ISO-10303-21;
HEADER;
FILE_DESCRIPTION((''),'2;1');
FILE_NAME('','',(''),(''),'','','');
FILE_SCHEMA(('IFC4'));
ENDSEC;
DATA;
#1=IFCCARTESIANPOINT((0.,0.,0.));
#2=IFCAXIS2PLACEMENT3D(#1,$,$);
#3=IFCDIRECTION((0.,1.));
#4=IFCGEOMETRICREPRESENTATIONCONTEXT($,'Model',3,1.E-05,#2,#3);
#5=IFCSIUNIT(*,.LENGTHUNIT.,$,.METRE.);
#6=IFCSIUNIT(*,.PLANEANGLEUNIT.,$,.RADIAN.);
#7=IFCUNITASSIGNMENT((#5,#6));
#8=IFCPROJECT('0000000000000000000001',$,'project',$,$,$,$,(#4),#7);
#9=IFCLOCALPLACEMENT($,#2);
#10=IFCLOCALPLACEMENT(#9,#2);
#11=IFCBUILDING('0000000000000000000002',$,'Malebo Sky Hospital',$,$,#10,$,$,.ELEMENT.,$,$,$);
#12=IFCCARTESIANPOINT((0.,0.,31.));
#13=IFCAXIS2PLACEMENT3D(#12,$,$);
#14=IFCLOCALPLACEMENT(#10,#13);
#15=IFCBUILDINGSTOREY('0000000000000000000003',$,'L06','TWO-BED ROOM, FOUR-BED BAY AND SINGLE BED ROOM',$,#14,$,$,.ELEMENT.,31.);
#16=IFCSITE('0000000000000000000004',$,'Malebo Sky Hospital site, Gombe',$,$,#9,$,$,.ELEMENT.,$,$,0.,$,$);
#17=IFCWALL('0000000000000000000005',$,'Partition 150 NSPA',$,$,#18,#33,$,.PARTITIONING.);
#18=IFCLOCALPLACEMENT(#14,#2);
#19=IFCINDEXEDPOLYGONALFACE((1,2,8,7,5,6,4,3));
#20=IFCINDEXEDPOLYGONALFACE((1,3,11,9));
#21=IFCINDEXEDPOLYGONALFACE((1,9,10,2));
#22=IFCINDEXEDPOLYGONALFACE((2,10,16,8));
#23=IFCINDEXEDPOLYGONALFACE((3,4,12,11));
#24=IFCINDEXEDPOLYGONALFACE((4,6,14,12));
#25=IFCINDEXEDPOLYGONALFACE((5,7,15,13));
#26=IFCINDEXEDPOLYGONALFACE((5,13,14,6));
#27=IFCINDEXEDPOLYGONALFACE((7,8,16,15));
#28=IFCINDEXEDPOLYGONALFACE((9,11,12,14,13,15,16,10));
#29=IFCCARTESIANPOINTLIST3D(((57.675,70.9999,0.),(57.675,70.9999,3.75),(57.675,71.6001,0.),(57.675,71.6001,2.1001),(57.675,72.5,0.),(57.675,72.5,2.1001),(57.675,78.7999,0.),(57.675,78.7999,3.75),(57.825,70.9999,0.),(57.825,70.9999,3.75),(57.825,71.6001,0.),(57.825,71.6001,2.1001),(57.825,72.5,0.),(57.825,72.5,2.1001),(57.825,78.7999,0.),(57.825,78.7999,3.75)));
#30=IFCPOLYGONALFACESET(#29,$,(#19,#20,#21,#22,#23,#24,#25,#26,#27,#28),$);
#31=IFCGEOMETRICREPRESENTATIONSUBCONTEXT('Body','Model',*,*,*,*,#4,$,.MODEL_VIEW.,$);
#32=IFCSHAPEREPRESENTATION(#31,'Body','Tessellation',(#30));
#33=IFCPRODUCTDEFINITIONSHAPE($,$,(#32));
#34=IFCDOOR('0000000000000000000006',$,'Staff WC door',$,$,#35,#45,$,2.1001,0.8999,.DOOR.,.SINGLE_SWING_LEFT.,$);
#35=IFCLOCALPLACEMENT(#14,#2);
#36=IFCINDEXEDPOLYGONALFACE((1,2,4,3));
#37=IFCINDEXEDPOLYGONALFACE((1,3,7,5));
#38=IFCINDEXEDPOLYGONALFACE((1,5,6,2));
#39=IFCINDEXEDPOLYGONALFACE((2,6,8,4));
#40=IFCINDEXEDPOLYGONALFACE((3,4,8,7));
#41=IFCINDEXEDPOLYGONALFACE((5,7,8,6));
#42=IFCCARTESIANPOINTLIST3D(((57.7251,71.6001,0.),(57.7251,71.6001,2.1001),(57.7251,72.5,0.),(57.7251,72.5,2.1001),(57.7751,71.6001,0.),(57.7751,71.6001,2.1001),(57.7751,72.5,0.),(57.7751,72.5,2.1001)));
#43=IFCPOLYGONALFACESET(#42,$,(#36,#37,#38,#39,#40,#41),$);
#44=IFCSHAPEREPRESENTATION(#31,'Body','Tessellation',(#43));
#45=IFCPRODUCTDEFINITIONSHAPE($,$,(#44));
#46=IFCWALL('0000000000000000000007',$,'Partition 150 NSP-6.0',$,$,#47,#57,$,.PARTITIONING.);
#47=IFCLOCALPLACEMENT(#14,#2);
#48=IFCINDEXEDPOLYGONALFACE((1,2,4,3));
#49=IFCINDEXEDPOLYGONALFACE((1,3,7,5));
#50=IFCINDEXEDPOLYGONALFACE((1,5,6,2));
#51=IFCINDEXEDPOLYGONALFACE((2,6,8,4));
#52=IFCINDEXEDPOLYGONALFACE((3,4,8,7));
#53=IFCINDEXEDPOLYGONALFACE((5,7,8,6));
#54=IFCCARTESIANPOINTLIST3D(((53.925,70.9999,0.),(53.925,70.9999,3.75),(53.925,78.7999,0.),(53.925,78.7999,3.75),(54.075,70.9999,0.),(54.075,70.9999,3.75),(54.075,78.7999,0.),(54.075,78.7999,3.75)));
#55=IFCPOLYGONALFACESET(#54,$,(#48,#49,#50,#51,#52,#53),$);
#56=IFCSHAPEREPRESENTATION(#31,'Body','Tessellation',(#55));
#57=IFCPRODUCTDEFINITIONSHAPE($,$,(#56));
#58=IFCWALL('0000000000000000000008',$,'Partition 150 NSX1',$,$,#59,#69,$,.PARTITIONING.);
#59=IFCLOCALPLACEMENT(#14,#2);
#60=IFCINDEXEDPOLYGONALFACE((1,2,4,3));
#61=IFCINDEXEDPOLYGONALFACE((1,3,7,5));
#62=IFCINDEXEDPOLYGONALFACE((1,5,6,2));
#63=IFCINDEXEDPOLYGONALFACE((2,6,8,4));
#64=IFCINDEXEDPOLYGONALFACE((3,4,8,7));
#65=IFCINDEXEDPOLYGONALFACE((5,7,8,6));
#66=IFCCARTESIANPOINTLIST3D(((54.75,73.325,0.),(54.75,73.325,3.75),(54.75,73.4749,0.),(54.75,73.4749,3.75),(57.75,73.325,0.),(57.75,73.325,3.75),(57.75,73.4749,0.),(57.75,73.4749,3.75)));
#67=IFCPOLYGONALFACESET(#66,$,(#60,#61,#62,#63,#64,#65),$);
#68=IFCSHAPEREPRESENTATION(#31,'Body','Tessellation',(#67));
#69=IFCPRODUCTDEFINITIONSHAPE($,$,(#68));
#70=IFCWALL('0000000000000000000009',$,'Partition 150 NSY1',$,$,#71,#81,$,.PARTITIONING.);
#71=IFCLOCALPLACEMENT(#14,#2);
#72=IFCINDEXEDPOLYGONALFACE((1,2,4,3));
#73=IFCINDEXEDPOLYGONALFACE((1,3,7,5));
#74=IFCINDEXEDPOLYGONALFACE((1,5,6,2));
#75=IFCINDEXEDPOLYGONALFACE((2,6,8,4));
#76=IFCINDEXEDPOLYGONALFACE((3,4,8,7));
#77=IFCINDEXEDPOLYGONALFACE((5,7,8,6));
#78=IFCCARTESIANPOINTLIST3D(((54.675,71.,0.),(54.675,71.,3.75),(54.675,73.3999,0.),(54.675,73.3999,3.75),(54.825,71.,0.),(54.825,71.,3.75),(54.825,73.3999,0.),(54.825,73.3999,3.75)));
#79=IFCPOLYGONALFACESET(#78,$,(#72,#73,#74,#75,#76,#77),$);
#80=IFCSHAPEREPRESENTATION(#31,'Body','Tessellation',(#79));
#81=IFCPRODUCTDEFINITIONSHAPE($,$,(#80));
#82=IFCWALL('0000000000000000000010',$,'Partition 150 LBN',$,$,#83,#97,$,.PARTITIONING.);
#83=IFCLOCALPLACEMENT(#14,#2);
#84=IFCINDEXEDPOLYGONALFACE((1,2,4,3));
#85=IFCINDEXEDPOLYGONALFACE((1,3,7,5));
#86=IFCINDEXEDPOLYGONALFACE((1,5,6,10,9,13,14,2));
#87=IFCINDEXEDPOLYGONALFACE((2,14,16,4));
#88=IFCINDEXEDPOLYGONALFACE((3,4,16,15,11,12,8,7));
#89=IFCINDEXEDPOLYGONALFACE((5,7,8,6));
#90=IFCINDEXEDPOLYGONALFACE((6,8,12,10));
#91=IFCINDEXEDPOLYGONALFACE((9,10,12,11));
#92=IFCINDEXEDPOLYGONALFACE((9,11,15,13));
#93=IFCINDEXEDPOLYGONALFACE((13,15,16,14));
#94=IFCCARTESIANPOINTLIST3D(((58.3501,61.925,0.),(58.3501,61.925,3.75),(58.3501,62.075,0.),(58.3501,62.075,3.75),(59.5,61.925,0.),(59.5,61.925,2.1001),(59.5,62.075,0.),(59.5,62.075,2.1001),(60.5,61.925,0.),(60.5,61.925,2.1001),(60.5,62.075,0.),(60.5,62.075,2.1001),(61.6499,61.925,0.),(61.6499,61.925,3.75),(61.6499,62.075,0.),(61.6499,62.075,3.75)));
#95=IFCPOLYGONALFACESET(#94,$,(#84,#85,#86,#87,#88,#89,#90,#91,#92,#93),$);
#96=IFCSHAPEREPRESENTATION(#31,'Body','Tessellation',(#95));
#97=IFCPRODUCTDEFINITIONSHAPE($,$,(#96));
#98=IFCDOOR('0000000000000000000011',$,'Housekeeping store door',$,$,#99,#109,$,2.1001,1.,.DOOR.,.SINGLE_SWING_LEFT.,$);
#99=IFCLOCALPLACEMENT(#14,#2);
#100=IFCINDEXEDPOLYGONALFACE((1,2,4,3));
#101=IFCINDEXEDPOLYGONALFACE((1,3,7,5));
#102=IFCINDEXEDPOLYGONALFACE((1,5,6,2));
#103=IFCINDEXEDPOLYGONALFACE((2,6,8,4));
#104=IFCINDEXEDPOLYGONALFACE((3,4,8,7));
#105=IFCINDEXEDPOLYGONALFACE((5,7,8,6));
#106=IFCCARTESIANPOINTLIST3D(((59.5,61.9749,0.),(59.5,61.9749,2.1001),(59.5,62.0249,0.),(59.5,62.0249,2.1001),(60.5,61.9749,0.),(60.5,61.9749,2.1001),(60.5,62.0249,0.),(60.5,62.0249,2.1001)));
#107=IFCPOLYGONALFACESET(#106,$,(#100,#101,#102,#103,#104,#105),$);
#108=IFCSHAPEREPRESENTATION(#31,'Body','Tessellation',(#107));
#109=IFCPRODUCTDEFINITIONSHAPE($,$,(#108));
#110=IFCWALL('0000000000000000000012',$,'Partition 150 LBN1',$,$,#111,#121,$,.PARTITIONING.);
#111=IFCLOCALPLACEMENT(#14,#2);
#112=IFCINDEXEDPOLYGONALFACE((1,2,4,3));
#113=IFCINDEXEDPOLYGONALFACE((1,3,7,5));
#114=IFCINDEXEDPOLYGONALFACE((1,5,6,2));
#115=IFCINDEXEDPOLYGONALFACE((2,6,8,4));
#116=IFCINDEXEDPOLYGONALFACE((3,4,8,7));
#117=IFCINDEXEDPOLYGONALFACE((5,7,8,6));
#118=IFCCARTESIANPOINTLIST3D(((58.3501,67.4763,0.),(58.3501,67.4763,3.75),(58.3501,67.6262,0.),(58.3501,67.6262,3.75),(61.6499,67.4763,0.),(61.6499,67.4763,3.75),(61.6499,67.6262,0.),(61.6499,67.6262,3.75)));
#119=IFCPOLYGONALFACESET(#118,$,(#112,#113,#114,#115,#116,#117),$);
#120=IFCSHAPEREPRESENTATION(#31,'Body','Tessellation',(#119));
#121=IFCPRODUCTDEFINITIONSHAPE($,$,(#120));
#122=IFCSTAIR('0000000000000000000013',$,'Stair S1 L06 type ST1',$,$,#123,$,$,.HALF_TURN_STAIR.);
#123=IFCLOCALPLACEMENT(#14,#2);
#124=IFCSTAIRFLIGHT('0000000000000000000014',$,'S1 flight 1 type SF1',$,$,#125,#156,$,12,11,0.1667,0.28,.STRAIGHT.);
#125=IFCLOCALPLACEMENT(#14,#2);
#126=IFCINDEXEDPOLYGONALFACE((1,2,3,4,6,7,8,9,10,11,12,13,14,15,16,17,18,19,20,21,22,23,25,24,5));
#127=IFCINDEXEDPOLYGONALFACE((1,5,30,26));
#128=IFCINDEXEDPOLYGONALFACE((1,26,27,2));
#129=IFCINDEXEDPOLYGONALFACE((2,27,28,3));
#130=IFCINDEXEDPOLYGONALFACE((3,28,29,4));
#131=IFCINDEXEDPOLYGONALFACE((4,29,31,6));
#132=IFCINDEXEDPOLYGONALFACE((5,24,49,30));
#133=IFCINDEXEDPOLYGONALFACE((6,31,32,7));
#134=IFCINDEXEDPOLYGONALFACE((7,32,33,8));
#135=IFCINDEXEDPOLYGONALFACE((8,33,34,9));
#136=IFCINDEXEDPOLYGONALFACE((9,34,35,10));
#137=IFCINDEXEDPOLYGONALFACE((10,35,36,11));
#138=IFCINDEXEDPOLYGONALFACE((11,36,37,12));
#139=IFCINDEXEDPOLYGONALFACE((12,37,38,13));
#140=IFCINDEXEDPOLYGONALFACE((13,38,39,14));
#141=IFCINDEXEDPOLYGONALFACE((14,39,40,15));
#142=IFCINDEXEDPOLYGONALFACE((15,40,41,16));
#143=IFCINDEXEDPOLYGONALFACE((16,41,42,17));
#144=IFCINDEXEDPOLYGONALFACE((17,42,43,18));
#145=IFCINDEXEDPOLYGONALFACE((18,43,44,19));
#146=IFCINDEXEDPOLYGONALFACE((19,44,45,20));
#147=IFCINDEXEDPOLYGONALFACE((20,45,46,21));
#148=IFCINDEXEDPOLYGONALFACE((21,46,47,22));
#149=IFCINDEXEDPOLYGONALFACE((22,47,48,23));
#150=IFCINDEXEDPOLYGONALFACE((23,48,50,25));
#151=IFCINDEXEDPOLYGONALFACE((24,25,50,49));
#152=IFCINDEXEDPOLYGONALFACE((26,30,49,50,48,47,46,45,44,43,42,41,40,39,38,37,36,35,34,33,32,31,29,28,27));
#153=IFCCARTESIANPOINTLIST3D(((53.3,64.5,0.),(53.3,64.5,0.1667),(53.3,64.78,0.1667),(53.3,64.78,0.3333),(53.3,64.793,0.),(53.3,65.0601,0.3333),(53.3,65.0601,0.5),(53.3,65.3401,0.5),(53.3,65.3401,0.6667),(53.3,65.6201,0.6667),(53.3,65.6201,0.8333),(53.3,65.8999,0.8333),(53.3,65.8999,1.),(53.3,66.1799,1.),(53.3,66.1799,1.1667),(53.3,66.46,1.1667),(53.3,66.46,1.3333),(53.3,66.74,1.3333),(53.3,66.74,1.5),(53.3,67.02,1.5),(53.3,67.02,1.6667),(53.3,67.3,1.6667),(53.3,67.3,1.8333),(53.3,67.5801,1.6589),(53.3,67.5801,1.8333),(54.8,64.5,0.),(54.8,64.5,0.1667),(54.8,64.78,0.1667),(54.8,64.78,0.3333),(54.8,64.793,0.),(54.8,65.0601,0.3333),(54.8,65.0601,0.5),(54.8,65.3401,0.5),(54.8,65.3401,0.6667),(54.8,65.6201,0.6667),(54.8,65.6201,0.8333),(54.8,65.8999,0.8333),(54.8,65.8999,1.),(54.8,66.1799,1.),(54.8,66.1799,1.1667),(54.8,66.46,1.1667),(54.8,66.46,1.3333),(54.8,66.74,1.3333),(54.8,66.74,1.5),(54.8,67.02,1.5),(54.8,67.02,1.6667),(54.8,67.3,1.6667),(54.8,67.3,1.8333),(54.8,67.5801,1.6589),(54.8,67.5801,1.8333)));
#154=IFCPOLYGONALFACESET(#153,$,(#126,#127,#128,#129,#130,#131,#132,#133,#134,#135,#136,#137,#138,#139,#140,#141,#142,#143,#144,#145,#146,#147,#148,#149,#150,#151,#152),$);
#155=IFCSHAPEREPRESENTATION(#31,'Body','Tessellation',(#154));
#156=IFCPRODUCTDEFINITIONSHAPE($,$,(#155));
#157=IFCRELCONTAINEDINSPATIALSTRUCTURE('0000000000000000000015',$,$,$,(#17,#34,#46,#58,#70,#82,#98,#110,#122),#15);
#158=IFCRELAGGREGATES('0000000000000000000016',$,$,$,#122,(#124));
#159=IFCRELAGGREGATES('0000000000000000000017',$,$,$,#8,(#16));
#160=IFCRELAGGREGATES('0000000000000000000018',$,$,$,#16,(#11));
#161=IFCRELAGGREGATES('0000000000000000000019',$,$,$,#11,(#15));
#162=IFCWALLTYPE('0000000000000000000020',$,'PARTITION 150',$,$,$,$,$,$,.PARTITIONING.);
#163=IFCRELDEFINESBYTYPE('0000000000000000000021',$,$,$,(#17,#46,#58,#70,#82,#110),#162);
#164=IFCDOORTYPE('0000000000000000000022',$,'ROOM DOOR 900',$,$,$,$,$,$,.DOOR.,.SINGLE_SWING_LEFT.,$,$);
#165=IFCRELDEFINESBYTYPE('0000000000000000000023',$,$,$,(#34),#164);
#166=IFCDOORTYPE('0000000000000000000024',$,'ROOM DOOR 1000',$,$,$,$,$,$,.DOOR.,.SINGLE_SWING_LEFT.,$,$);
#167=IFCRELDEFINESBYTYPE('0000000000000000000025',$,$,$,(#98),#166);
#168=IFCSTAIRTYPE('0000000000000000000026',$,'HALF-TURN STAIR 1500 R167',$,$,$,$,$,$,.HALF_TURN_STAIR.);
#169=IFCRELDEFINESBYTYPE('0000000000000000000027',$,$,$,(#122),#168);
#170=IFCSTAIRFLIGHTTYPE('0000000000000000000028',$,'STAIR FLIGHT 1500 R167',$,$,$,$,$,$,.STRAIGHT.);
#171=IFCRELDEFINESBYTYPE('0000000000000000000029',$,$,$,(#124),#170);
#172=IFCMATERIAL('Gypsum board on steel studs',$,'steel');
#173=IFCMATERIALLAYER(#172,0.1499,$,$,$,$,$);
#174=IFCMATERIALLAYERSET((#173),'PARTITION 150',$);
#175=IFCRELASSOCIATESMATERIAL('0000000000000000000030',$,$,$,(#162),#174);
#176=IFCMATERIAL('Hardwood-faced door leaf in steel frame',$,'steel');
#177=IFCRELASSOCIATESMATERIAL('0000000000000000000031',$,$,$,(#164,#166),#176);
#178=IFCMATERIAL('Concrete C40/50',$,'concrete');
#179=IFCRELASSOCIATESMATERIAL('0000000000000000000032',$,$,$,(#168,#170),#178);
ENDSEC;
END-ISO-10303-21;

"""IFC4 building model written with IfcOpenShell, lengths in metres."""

from ifc_helpers import new_model, si_unit, direction, frame, frame_2d, origin, place, context, subcontext, project, spatial, polyline, rectangle, outline, extrude, material, layer, layer_set, type_object, element, fill, aggregate, save


model = new_model("IFC4")

# Units and contexts
model_context = context("Model", 3, precision=1e-05, world=origin(), true_north=direction((0.0, 1.0)))
body_context = subcontext(model_context, "Body", "Model", "MODEL_VIEW")
ifc_project = project(units=[si_unit("LENGTHUNIT", "METRE"), si_unit("PLANEANGLEUNIT", "RADIAN")], contexts=[model_context])

# Site, building, storey
site_placement = place(None, origin())
site = spatial("IfcSite", under=ifc_project, at=site_placement, Name="Malebo Sky Hospital site, Gombe", CompositionType="ELEMENT", RefElevation=0.0)
building_placement = place(site_placement, origin())
building = spatial("IfcBuilding", under=site, at=building_placement, Name="Malebo Sky Hospital", CompositionType="ELEMENT")
storey_placement = place(building_placement, frame((0.0, 0.0, 31.0)))
storey = spatial("IfcBuildingStorey", under=building, at=storey_placement, Name="L06", Description="TWO-BED ROOM, FOUR-BED BAY AND SINGLE BED ROOM", CompositionType="ELEMENT", Elevation=31.0)

# Wall, opening, door
ifc_material_1 = material(Name="Gypsum board on steel studs", Category="steel")
ifc_layer_1 = layer(ifc_material_1, 0.1499)
ifc_layer_set_1 = layer_set([ifc_layer_1], Name="PARTITION 150")
wall_type_1 = type_object("IfcWallType", Name="PARTITION 150", PredefinedType="PARTITIONING", material=ifc_layer_set_1)
wall_1_placement = place(storey_placement, frame((57.75, 71.0, 0.0), z_axis=(0.0, 0.0, 1.0), x_axis=(0.0, 1.0, 0.0)))
wall_1 = element("IfcWall", 1, at=wall_1_placement, inside=storey, type_object=wall_type_1, Name="Partition 150 NSPA", PredefinedType="PARTITIONING", context=body_context, shape_type="SweptSolid", body=[
    extrude(rectangle(XDim=7.8, YDim=0.1499, at=frame_2d((3.8999, 0.0))), origin(), (0.0, 0.0, 1.0), 3.75),
])
opening_1_placement = place(wall_1_placement, frame((0.6001, 0.0, 0.0)))
opening_1 = element("IfcOpeningElement", 2, at=opening_1_placement, cuts=wall_1, PredefinedType="OPENING", context=body_context, shape_type="SweptSolid", body=[
    extrude(rectangle(XDim=0.8999, YDim=2.1001, at=frame_2d((0.45, 1.05))), frame((0.0, 0.085, 0.0), z_axis=(0.0, -1.0, 0.0), x_axis=(1.0, 0.0, 0.0)), (0.0, 0.0, 1.0), 0.1699),
])
ifc_material_2 = material(Name="Hardwood-faced door leaf in steel frame", Category="steel")
door_type_1 = type_object("IfcDoorType", Name="ROOM DOOR 900", OperationType="SINGLE_SWING_LEFT", PredefinedType="DOOR", material=ifc_material_2)
door_1_placement = place(opening_1_placement, origin())
door_1 = element("IfcDoor", 3, at=door_1_placement, inside=storey, type_object=door_type_1, Name="Staff WC door", OperationType="SINGLE_SWING_LEFT", OverallHeight=2.1001, OverallWidth=0.8999, PredefinedType="DOOR", context=body_context, shape_type="SweptSolid", body=[
    extrude(rectangle(XDim=0.8999, YDim=2.1001, at=frame_2d((0.45, 1.05))), frame((0.0, 0.0249, 0.0), z_axis=(0.0, -1.0, 0.0), x_axis=(1.0, 0.0, 0.0)), (0.0, 0.0, 1.0), 0.05),
])
fill(opening_1, door_1)

# Walls
wall_2_placement = place(storey_placement, frame((54.0, 71.0, 0.0), z_axis=(0.0, 0.0, 1.0), x_axis=(0.0, 1.0, 0.0)))
element("IfcWall", 4, at=wall_2_placement, inside=storey, type_object=wall_type_1, Name="Partition 150 NSP-6.0", PredefinedType="PARTITIONING", context=body_context, shape_type="SweptSolid", body=[
    extrude(rectangle(XDim=7.8, YDim=0.1499, at=frame_2d((3.8999, 0.0))), origin(), (0.0, 0.0, 1.0), 3.75),
])
wall_3_placement = place(storey_placement, frame((54.75, 73.3999, 0.0), z_axis=(0.0, 0.0, 1.0), x_axis=(1.0, 0.0, 0.0)))
element("IfcWall", 5, at=wall_3_placement, inside=storey, type_object=wall_type_1, Name="Partition 150 NSX1", PredefinedType="PARTITIONING", context=body_context, shape_type="SweptSolid", body=[
    extrude(rectangle(XDim=3.0, YDim=0.1499, at=frame_2d((1.5, 0.0))), origin(), (0.0, 0.0, 1.0), 3.75),
])
wall_4_placement = place(storey_placement, frame((54.75, 71.0, 0.0), z_axis=(0.0, 0.0, 1.0), x_axis=(0.0, 1.0, 0.0)))
element("IfcWall", 6, at=wall_4_placement, inside=storey, type_object=wall_type_1, Name="Partition 150 NSY1", PredefinedType="PARTITIONING", context=body_context, shape_type="SweptSolid", body=[
    extrude(rectangle(XDim=2.3999, YDim=0.1499, at=frame_2d((1.2, 0.0))), origin(), (0.0, 0.0, 1.0), 3.75),
])

# Wall, opening, door
wall_5_placement = place(storey_placement, frame((58.3501, 62.0, 0.0), z_axis=(0.0, 0.0, 1.0), x_axis=(1.0, 0.0, 0.0)))
wall_5 = element("IfcWall", 7, at=wall_5_placement, inside=storey, type_object=wall_type_1, Name="Partition 150 LBN", PredefinedType="PARTITIONING", context=body_context, shape_type="SweptSolid", body=[
    extrude(rectangle(XDim=3.2998, YDim=0.1499, at=frame_2d((1.6499, 0.0))), origin(), (0.0, 0.0, 1.0), 3.75),
])
opening_2_placement = place(wall_5_placement, frame((1.1499, 0.0, 0.0)))
opening_2 = element("IfcOpeningElement", 8, at=opening_2_placement, cuts=wall_5, PredefinedType="OPENING", context=body_context, shape_type="SweptSolid", body=[
    extrude(rectangle(XDim=1.0, YDim=2.1001, at=frame_2d((0.5, 1.05))), frame((0.0, 0.085, 0.0), z_axis=(0.0, -1.0, 0.0), x_axis=(1.0, 0.0, 0.0)), (0.0, 0.0, 1.0), 0.1699),
])
door_type_2 = type_object("IfcDoorType", Name="ROOM DOOR 1000", OperationType="SINGLE_SWING_LEFT", PredefinedType="DOOR", material=ifc_material_2)
door_2_placement = place(opening_2_placement, origin())
door_2 = element("IfcDoor", 9, at=door_2_placement, inside=storey, type_object=door_type_2, Name="Housekeeping store door", OperationType="SINGLE_SWING_LEFT", OverallHeight=2.1001, OverallWidth=1.0, PredefinedType="DOOR", context=body_context, shape_type="SweptSolid", body=[
    extrude(rectangle(XDim=1.0, YDim=2.1001, at=frame_2d((0.5, 1.05))), frame((0.0, 0.0249, 0.0), z_axis=(0.0, -1.0, 0.0), x_axis=(1.0, 0.0, 0.0)), (0.0, 0.0, 1.0), 0.05),
])
fill(opening_2, door_2)

# Wall
wall_6_placement = place(storey_placement, frame((58.3501, 67.5513, 0.0), z_axis=(0.0, 0.0, 1.0), x_axis=(1.0, 0.0, 0.0)))
element("IfcWall", 10, at=wall_6_placement, inside=storey, type_object=wall_type_1, Name="Partition 150 LBN1", PredefinedType="PARTITIONING", context=body_context, shape_type="SweptSolid", body=[
    extrude(rectangle(XDim=3.2998, YDim=0.1499, at=frame_2d((1.6499, 0.0))), origin(), (0.0, 0.0, 1.0), 3.75),
])

# Stair, stair flight
ifc_material_3 = material(Name="Concrete C40/50", Category="concrete")
stair_type = type_object("IfcStairType", Name="HALF-TURN STAIR 1500 R167", PredefinedType="HALF_TURN_STAIR", material=ifc_material_3)
stair_placement = place(storey_placement, origin())
stair = element("IfcStair", 11, at=stair_placement, inside=storey, type_object=stair_type, Name="Stair S1 L06 type ST1", PredefinedType="HALF_TURN_STAIR")
stair_flight_type = type_object("IfcStairFlightType", Name="STAIR FLIGHT 1500 R167", PredefinedType="STRAIGHT", material=ifc_material_3)
stair_flight_placement = place(storey_placement, frame((54.05, 64.5, 0.0), z_axis=(0.0, 0.0, 1.0), x_axis=(0.0, 1.0, 0.0)))
stair_flight = element("IfcStairFlight", 12, at=stair_flight_placement, type_object=stair_flight_type, Name="S1 flight 1 type SF1", NumberOfRisers=12, NumberOfTreads=11, PredefinedType="STRAIGHT", RiserHeight=0.1667, TreadLength=0.28, context=body_context, shape_type="SweptSolid", body=[
    extrude(outline(polyline([(0.0, 0.0), (0.0, 0.1667), (0.28, 0.1667), (0.28, 0.3333), (0.5601, 0.3333), (0.5601, 0.5), (0.8401, 0.5), (0.8401, 0.6667), (1.1201, 0.6667), (1.1201, 0.8333), (1.3999, 0.8333), (1.3999, 1.0), (1.6799, 1.0), (1.6799, 1.1667), (1.96, 1.1667), (1.96, 1.3333), (2.24, 1.3333), (2.24, 1.5), (2.52, 1.5), (2.52, 1.6667), (2.8, 1.6667), (2.8, 1.8333), (3.0801, 1.8333), (3.0801, 2.0), (3.0801, 1.6589), (0.293, 0.0), (0.0, 0.0)])), frame((0.0, 0.75, 0.0), z_axis=(0.0, -1.0, 0.0), x_axis=(1.0, 0.0, 0.0)), (0.0, 0.0, 1.0), 1.5),
])
aggregate(stair, [stair_flight])

save(model, "model.ifc")
